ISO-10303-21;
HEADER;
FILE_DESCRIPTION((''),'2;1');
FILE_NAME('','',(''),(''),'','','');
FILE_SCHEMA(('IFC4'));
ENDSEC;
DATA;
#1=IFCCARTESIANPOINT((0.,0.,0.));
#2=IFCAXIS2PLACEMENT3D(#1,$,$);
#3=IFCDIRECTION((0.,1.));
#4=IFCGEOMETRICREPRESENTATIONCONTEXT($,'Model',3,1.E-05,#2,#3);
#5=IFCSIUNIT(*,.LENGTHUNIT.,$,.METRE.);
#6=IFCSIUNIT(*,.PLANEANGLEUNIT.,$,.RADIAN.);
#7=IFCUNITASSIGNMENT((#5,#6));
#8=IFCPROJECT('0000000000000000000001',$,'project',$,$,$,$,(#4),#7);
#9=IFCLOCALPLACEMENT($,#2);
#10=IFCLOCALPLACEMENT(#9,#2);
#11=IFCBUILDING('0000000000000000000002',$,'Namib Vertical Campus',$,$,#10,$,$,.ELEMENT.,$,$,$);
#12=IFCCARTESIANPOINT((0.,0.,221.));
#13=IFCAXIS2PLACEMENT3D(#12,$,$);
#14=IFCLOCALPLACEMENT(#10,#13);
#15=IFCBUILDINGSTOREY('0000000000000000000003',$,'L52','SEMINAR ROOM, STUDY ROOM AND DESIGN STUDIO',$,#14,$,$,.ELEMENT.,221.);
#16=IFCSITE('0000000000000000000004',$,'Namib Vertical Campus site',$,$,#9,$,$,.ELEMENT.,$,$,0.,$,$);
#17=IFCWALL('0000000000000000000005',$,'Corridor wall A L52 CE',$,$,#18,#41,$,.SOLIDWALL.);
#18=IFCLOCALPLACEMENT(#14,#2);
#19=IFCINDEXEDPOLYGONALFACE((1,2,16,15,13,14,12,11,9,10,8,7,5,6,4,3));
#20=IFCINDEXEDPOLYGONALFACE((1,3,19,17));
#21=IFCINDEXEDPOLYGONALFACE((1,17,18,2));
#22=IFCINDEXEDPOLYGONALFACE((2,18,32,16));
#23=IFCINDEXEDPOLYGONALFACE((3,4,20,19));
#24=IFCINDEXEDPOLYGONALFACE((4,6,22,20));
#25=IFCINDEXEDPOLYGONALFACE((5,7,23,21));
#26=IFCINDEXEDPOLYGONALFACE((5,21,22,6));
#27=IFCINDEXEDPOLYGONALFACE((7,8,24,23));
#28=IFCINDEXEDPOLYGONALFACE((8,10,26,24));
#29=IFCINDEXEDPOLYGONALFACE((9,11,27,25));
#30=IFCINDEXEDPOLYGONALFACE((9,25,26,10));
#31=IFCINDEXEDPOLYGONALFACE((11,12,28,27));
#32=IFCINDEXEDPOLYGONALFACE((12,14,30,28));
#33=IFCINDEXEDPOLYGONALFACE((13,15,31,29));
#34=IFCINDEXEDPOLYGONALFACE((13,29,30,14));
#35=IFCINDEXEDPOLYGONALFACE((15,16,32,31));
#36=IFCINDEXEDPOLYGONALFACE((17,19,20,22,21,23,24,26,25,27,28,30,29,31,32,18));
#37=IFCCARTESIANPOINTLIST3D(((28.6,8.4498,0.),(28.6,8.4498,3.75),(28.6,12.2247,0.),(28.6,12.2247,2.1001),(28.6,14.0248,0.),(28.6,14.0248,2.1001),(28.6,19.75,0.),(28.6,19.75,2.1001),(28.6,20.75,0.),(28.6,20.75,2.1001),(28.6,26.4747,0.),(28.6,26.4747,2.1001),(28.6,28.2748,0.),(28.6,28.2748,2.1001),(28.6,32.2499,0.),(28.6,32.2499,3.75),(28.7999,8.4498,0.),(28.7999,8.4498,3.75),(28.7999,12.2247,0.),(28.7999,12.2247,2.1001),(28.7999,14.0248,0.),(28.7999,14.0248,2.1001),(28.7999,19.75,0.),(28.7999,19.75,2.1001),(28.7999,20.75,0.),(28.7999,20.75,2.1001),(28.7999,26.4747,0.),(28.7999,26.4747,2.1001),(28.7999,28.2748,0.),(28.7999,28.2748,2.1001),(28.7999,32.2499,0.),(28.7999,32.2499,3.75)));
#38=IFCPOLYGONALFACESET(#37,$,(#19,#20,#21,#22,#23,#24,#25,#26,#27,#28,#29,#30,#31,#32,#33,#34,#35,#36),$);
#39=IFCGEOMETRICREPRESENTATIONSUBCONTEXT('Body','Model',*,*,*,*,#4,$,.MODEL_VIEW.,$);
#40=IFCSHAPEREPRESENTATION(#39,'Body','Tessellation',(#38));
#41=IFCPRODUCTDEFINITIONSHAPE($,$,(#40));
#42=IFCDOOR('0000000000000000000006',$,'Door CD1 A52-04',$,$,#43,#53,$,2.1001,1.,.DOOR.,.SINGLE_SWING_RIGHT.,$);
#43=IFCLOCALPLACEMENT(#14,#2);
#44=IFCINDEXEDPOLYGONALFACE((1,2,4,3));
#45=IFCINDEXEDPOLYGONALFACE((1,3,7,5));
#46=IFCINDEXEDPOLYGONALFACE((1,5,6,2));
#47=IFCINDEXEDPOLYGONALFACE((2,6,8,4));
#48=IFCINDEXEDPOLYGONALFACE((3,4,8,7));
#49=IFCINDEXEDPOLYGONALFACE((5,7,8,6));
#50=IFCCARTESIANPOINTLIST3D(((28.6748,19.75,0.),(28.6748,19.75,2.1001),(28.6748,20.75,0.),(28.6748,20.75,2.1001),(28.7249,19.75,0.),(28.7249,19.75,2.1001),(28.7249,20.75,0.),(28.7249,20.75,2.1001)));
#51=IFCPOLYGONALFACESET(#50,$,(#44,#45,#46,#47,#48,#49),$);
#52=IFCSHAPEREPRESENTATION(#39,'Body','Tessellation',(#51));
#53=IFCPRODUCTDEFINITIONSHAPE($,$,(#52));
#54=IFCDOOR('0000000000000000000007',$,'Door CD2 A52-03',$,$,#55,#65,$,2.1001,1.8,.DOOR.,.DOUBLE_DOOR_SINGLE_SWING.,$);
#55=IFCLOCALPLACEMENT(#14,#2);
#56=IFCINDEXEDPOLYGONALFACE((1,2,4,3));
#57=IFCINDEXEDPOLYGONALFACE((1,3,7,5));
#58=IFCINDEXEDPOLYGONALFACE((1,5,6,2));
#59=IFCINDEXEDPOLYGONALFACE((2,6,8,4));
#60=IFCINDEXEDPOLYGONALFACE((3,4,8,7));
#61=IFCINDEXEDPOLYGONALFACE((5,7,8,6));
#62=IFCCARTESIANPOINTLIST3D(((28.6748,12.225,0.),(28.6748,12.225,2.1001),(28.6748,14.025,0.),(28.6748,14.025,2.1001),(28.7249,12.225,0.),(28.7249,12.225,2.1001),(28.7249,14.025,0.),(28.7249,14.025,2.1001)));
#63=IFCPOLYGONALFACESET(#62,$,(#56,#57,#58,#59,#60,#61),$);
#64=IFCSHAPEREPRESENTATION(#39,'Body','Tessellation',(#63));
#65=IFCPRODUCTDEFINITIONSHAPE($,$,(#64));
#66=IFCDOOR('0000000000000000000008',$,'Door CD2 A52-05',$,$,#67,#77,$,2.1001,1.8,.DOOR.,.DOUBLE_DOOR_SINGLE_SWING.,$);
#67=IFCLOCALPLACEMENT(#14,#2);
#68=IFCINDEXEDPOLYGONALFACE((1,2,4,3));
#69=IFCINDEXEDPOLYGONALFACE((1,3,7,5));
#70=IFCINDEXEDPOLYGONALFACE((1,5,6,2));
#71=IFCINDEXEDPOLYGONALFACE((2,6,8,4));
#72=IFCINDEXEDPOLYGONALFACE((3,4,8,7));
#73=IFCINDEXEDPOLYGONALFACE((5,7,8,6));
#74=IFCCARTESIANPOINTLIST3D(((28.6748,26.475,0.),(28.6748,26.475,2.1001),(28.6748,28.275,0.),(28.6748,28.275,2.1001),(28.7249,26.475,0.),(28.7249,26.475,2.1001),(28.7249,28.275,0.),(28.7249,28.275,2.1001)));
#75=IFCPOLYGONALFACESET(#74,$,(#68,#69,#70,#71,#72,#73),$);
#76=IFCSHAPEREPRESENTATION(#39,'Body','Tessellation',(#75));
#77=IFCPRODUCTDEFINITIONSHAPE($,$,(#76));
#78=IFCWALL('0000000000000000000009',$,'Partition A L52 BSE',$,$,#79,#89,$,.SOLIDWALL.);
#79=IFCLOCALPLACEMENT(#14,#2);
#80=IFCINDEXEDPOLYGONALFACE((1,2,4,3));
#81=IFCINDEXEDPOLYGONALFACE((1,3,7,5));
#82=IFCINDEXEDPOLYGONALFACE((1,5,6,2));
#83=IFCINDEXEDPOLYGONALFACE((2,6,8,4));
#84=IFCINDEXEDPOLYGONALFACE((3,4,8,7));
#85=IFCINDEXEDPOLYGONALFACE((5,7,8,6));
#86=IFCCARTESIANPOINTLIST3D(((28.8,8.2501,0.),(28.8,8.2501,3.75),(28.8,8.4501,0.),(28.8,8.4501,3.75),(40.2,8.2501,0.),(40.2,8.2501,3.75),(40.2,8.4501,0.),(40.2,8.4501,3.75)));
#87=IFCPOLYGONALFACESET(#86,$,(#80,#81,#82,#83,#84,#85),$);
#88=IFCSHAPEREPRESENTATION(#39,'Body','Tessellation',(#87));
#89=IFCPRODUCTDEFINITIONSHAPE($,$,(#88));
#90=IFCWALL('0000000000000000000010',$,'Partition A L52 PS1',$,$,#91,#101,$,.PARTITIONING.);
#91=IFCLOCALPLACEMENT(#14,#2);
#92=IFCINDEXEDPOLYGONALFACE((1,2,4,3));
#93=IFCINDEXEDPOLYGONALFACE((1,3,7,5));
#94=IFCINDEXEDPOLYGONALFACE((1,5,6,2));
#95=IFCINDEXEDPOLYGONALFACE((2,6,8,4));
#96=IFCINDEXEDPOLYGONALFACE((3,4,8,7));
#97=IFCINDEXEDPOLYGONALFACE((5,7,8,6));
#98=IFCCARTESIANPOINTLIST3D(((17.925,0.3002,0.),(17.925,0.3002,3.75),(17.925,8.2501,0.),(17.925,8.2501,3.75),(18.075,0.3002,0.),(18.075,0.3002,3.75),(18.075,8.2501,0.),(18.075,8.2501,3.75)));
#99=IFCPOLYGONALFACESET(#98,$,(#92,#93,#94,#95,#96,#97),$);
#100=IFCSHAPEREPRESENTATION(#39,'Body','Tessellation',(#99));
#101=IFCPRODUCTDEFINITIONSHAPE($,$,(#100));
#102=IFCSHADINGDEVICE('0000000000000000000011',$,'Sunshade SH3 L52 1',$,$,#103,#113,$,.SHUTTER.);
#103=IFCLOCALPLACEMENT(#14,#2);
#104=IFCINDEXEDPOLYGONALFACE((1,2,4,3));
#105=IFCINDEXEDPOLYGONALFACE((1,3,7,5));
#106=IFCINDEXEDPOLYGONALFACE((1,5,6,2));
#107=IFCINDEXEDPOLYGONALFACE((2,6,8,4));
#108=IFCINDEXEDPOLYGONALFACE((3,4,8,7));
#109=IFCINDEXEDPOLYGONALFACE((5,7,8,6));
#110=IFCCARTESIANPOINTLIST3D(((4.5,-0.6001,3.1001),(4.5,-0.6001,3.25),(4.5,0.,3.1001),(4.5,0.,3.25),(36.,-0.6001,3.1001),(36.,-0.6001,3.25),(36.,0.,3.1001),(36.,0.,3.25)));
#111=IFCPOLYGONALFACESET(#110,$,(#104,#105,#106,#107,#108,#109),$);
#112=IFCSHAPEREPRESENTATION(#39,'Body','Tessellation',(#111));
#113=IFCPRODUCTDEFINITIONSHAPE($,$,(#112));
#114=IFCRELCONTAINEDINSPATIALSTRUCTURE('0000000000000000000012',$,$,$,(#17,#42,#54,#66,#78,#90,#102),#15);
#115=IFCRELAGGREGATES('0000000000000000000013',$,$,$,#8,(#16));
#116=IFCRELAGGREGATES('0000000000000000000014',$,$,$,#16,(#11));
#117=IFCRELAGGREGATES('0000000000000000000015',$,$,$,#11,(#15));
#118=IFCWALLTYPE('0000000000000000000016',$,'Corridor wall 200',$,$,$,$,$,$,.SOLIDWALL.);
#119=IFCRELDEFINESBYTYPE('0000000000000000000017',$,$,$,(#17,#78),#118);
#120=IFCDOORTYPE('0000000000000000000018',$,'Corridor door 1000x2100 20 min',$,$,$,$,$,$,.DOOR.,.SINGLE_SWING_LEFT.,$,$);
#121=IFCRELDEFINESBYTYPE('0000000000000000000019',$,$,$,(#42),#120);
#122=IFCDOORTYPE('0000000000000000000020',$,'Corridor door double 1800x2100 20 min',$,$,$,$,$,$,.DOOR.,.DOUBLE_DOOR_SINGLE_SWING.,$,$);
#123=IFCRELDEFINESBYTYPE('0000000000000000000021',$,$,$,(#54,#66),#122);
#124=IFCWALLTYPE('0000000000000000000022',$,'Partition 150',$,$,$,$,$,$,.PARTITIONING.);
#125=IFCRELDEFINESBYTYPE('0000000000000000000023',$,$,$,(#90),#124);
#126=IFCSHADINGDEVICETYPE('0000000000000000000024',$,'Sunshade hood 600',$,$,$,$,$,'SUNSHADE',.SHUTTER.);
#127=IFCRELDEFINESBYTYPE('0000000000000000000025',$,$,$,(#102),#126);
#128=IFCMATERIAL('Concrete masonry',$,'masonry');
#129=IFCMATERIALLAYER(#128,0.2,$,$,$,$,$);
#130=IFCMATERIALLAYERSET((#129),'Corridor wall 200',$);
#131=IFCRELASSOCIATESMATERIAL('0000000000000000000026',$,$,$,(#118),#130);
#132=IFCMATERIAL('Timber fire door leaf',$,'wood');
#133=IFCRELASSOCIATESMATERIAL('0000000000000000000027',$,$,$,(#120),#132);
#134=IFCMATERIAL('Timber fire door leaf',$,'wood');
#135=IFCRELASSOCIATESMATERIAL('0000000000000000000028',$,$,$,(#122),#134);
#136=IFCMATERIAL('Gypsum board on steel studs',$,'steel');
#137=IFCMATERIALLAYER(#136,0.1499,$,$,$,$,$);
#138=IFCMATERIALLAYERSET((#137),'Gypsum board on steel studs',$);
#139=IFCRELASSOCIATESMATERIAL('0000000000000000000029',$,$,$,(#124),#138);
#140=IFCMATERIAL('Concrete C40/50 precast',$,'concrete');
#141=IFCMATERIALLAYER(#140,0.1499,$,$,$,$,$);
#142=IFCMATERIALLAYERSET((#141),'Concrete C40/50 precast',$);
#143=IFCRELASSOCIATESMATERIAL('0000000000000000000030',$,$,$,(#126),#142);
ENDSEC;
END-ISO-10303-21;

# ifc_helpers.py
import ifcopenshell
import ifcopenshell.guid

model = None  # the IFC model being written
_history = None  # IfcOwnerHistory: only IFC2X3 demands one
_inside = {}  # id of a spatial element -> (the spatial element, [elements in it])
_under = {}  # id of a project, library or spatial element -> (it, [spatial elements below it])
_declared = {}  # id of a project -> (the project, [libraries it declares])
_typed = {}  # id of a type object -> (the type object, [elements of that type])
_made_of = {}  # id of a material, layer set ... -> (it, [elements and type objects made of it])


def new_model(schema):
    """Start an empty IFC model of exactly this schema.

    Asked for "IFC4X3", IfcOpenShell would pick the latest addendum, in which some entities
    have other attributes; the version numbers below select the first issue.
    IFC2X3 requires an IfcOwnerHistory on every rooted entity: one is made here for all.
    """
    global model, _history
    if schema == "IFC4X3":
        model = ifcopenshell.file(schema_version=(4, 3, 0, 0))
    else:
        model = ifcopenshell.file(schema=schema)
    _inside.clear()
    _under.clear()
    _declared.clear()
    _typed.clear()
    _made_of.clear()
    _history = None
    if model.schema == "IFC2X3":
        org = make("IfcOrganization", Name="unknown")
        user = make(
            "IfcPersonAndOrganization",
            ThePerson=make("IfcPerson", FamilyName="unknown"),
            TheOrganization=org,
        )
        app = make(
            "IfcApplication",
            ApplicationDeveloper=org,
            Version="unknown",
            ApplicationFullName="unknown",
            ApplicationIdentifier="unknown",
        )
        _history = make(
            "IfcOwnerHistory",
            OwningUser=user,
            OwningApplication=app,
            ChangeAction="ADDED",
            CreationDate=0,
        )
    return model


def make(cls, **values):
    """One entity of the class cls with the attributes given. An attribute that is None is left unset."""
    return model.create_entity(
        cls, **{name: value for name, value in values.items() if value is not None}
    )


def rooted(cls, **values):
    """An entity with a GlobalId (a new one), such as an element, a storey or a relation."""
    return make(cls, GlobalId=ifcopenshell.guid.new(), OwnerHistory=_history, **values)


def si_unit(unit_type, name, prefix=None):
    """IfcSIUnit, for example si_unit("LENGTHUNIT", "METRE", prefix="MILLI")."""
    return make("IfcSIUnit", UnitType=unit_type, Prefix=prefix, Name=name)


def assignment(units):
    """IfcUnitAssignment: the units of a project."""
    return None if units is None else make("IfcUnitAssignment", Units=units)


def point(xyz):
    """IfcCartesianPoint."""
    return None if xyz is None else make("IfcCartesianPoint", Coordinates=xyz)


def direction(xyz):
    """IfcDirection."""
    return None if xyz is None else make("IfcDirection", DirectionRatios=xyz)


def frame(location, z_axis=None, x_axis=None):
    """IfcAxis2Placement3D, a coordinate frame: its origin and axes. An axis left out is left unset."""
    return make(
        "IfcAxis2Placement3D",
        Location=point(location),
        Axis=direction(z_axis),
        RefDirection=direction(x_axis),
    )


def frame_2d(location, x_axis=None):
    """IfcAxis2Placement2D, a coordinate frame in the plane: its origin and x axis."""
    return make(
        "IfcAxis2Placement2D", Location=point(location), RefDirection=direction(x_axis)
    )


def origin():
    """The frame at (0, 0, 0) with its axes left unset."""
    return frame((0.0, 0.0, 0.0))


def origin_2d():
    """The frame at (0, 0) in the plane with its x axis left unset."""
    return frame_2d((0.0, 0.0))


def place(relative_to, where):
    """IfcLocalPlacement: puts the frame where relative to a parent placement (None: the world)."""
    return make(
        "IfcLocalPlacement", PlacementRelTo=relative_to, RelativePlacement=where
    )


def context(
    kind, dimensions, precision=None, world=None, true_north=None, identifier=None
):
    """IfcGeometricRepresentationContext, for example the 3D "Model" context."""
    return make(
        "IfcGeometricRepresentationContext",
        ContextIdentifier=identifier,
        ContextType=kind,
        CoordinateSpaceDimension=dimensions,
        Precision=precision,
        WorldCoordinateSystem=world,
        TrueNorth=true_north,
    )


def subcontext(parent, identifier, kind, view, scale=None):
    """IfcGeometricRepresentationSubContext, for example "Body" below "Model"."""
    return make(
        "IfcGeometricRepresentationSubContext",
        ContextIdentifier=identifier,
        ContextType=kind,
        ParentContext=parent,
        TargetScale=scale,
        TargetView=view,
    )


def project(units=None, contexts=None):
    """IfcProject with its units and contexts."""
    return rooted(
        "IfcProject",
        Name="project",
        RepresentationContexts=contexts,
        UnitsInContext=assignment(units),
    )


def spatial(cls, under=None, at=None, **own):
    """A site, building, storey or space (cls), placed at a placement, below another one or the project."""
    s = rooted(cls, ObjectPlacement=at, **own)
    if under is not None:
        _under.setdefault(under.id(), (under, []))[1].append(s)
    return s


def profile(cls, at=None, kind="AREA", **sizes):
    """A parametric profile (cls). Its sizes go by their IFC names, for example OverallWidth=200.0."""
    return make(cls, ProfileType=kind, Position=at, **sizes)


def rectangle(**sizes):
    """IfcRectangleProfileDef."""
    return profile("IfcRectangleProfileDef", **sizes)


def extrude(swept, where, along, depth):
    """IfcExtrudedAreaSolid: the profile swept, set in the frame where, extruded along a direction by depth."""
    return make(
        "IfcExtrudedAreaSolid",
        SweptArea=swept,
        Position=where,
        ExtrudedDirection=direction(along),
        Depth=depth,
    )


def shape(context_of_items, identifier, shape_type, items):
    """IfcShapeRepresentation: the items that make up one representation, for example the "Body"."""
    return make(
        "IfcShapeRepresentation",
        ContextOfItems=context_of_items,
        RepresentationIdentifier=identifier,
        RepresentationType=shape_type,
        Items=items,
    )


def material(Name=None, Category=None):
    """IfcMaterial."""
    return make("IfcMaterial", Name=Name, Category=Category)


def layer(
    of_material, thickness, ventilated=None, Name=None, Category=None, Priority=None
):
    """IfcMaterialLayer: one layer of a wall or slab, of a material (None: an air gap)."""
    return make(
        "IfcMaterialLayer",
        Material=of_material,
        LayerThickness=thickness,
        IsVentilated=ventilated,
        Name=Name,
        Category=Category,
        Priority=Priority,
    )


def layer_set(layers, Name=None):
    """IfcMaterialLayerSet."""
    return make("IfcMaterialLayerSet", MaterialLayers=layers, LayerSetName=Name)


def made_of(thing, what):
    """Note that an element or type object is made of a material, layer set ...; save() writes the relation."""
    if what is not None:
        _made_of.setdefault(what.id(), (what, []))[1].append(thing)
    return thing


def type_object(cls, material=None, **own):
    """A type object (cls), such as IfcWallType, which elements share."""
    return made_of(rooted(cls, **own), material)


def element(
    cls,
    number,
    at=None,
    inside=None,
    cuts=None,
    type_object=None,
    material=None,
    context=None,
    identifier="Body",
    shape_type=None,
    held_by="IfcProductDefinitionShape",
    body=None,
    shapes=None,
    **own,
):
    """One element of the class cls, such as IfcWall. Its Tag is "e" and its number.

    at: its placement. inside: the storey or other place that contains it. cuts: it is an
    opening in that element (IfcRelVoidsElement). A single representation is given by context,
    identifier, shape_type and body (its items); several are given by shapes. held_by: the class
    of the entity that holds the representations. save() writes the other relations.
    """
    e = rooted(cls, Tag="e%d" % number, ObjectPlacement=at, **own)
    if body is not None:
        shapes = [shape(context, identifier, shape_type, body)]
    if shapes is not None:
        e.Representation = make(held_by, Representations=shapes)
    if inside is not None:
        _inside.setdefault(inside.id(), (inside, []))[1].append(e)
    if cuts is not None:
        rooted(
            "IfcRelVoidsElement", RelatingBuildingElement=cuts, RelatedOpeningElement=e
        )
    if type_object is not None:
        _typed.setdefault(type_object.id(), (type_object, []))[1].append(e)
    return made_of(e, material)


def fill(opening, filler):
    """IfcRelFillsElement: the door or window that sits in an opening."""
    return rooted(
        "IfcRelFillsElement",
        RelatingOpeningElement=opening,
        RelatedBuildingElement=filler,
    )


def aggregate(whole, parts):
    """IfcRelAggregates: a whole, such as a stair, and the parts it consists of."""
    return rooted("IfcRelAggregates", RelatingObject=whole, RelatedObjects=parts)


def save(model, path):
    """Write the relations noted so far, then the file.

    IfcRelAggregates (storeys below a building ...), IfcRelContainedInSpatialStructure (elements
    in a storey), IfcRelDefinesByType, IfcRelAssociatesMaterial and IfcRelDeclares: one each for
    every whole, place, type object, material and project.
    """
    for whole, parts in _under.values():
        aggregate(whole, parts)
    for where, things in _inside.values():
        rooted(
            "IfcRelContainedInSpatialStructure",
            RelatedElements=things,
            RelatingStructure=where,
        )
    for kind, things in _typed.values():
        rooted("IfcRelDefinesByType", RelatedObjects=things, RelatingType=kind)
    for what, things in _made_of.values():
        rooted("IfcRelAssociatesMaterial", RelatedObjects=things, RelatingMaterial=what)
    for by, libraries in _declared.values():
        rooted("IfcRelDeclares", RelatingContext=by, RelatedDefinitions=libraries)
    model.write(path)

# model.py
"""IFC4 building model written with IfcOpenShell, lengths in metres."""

from ifc_helpers import new_model, si_unit, direction, frame, frame_2d, origin, origin_2d, place, context, subcontext, project, spatial, rectangle, extrude, material, layer, layer_set, type_object, element, fill, save


model = new_model("IFC4")

# Units and contexts
model_context = context("Model", 3, precision=1e-05, world=origin(), true_north=direction((0.0, 1.0)))
body_context = subcontext(model_context, "Body", "Model", "MODEL_VIEW")
ifc_project = project(units=[si_unit("LENGTHUNIT", "METRE"), si_unit("PLANEANGLEUNIT", "RADIAN")], contexts=[model_context])

# Site, building, storey
site_placement = place(None, origin())
site = spatial("IfcSite", under=ifc_project, at=site_placement, Name="Namib Vertical Campus site", CompositionType="ELEMENT", RefElevation=0.0)
building_placement = place(site_placement, origin())
building = spatial("IfcBuilding", under=site, at=building_placement, Name="Namib Vertical Campus", CompositionType="ELEMENT")
storey_placement = place(building_placement, frame((0.0, 0.0, 221.0)))
storey = spatial("IfcBuildingStorey", under=building, at=storey_placement, Name="L52", Description="SEMINAR ROOM, STUDY ROOM AND DESIGN STUDIO", CompositionType="ELEMENT", Elevation=221.0)

# Wall, openings, doors
ifc_material_1 = material(Name="Concrete masonry", Category="masonry")
ifc_layer_1 = layer(ifc_material_1, 0.2)
ifc_layer_set_1 = layer_set([ifc_layer_1], Name="Corridor wall 200")
wall_type_1 = type_object("IfcWallType", Name="Corridor wall 200", PredefinedType="SOLIDWALL", material=ifc_layer_set_1)
wall_1_placement = place(storey_placement, frame((28.7, 8.45, 0.0), z_axis=(0.0, 0.0, 1.0), x_axis=(0.0, 1.0, 0.0)))
wall_1 = element("IfcWall", 1, at=wall_1_placement, inside=storey, type_object=wall_type_1, Name="Corridor wall A L52 CE", PredefinedType="SOLIDWALL", context=body_context, shape_type="SweptSolid", body=[
    extrude(rectangle(XDim=23.8, YDim=0.2, at=frame_2d((11.8999, 0.0))), origin(), (0.0, 0.0, 1.0), 3.75),
])
opening_1_placement = place(wall_1_placement, frame((3.7749, 0.0, 0.0)))
opening_1 = element("IfcOpeningElement", 2, at=opening_1_placement, cuts=wall_1, PredefinedType="OPENING", context=body_context, shape_type="SweptSolid", body=[
    extrude(rectangle(XDim=1.8, YDim=2.1001, at=frame_2d((0.8999, 1.05))), frame((0.0, 0.1099, 0.0), z_axis=(0.0, -1.0, 0.0), x_axis=(1.0, 0.0, 0.0)), (0.0, 0.0, 1.0), 0.22),
])
opening_2_placement = place(wall_1_placement, frame((11.3, 0.0, 0.0)))
opening_2 = element("IfcOpeningElement", 3, at=opening_2_placement, cuts=wall_1, PredefinedType="OPENING", context=body_context, shape_type="SweptSolid", body=[
    extrude(rectangle(XDim=1.0, YDim=2.1001, at=frame_2d((0.5, 1.05))), frame((0.0, 0.1099, 0.0), z_axis=(0.0, -1.0, 0.0), x_axis=(1.0, 0.0, 0.0)), (0.0, 0.0, 1.0), 0.22),
])
opening_3_placement = place(wall_1_placement, frame((18.0249, 0.0, 0.0)))
opening_3 = element("IfcOpeningElement", 4, at=opening_3_placement, cuts=wall_1, PredefinedType="OPENING", context=body_context, shape_type="SweptSolid", body=[
    extrude(rectangle(XDim=1.8, YDim=2.1001, at=frame_2d((0.8999, 1.05))), frame((0.0, 0.1099, 0.0), z_axis=(0.0, -1.0, 0.0), x_axis=(1.0, 0.0, 0.0)), (0.0, 0.0, 1.0), 0.22),
])
ifc_material_2 = material(Name="Timber fire door leaf", Category="wood")
door_type_1 = type_object("IfcDoorType", Name="Corridor door 1000x2100 20 min", OperationType="SINGLE_SWING_LEFT", PredefinedType="DOOR", material=ifc_material_2)
door_1_placement = place(opening_2_placement, frame((1.0, 0.0, 0.0), z_axis=(0.0, 0.0, 1.0), x_axis=(-1.0, 0.0, 0.0)))
door_1 = element("IfcDoor", 5, at=door_1_placement, inside=storey, type_object=door_type_1, Name="Door CD1 A52-04", OperationType="SINGLE_SWING_RIGHT", OverallHeight=2.1001, OverallWidth=1.0, PredefinedType="DOOR", context=body_context, shape_type="SweptSolid", body=[
    extrude(rectangle(XDim=1.0, YDim=2.1001, at=frame_2d((0.5, 1.05))), frame((0.0, 0.0249, 0.0), z_axis=(0.0, -1.0, 0.0), x_axis=(1.0, 0.0, 0.0)), (0.0, 0.0, 1.0), 0.05),
])
fill(opening_2, door_1)
ifc_material_3 = material(Name="Timber fire door leaf", Category="wood")
door_type_2 = type_object("IfcDoorType", Name="Corridor door double 1800x2100 20 min", OperationType="DOUBLE_DOOR_SINGLE_SWING", PredefinedType="DOOR", material=ifc_material_3)
door_2_placement = place(opening_1_placement, frame((1.8, 0.0, 0.0), z_axis=(0.0, 0.0, 1.0), x_axis=(-1.0, 0.0, 0.0)))
door_2 = element("IfcDoor", 6, at=door_2_placement, inside=storey, type_object=door_type_2, Name="Door CD2 A52-03", OperationType="DOUBLE_DOOR_SINGLE_SWING", OverallHeight=2.1001, OverallWidth=1.8, PredefinedType="DOOR", context=body_context, shape_type="SweptSolid", body=[
    extrude(rectangle(XDim=1.8, YDim=2.1001, at=frame_2d((0.8999, 1.05))), frame((0.0, 0.0249, 0.0), z_axis=(0.0, -1.0, 0.0), x_axis=(1.0, 0.0, 0.0)), (0.0, 0.0, 1.0), 0.05),
])
fill(opening_1, door_2)
door_3_placement = place(opening_3_placement, frame((1.8, 0.0, 0.0), z_axis=(0.0, 0.0, 1.0), x_axis=(-1.0, 0.0, 0.0)))
door_3 = element("IfcDoor", 7, at=door_3_placement, inside=storey, type_object=door_type_2, Name="Door CD2 A52-05", OperationType="DOUBLE_DOOR_SINGLE_SWING", OverallHeight=2.1001, OverallWidth=1.8, PredefinedType="DOOR", context=body_context, shape_type="SweptSolid", body=[
    extrude(rectangle(XDim=1.8, YDim=2.1001, at=frame_2d((0.8999, 1.05))), frame((0.0, 0.0249, 0.0), z_axis=(0.0, -1.0, 0.0), x_axis=(1.0, 0.0, 0.0)), (0.0, 0.0, 1.0), 0.05),
])
fill(opening_3, door_3)

# Walls
wall_2_placement = place(storey_placement, frame((28.8, 8.3501, 0.0), z_axis=(0.0, 0.0, 1.0), x_axis=(1.0, 0.0, 0.0)))
element("IfcWall", 8, at=wall_2_placement, inside=storey, type_object=wall_type_1, Name="Partition A L52 BSE", PredefinedType="SOLIDWALL", context=body_context, shape_type="SweptSolid", body=[
    extrude(rectangle(XDim=11.3999, YDim=0.2, at=frame_2d((5.7, 0.0))), origin(), (0.0, 0.0, 1.0), 3.75),
])
ifc_material_4 = material(Name="Gypsum board on steel studs", Category="steel")
ifc_layer_2 = layer(ifc_material_4, 0.1499)
ifc_layer_set_2 = layer_set([ifc_layer_2], Name="Gypsum board on steel studs")
wall_type_2 = type_object("IfcWallType", Name="Partition 150", PredefinedType="PARTITIONING", material=ifc_layer_set_2)
wall_3_placement = place(storey_placement, frame((18.0, 0.3, 0.0), z_axis=(0.0, 0.0, 1.0), x_axis=(0.0, 1.0, 0.0)))
element("IfcWall", 9, at=wall_3_placement, inside=storey, type_object=wall_type_2, Name="Partition A L52 PS1", PredefinedType="PARTITIONING", context=body_context, shape_type="SweptSolid", body=[
    extrude(rectangle(XDim=7.95, YDim=0.1499, at=frame_2d((3.9751, 0.0))), origin(), (0.0, 0.0, 1.0), 3.75),
])

# Shading device
ifc_material_5 = material(Name="Concrete C40/50 precast", Category="concrete")
ifc_layer_3 = layer(ifc_material_5, 0.1499)
ifc_layer_set_3 = layer_set([ifc_layer_3], Name="Concrete C40/50 precast")
shading_device_type = type_object("IfcShadingDeviceType", Name="Sunshade hood 600", ElementType="SUNSHADE", PredefinedType="SHUTTER", material=ifc_layer_set_3)
shading_device_placement = place(storey_placement, frame((20.25, -0.3, 3.1001), z_axis=(0.0, 0.0, 1.0), x_axis=(1.0, 0.0, 0.0)))
element("IfcShadingDevice", 10, at=shading_device_placement, inside=storey, type_object=shading_device_type, Name="Sunshade SH3 L52 1", PredefinedType="SHUTTER", context=body_context, shape_type="SweptSolid", body=[
    extrude(rectangle(XDim=31.5, YDim=0.6001, at=origin_2d()), origin(), (0.0, 0.0, 1.0), 0.1499),
])

save(model, "model.ifc")
